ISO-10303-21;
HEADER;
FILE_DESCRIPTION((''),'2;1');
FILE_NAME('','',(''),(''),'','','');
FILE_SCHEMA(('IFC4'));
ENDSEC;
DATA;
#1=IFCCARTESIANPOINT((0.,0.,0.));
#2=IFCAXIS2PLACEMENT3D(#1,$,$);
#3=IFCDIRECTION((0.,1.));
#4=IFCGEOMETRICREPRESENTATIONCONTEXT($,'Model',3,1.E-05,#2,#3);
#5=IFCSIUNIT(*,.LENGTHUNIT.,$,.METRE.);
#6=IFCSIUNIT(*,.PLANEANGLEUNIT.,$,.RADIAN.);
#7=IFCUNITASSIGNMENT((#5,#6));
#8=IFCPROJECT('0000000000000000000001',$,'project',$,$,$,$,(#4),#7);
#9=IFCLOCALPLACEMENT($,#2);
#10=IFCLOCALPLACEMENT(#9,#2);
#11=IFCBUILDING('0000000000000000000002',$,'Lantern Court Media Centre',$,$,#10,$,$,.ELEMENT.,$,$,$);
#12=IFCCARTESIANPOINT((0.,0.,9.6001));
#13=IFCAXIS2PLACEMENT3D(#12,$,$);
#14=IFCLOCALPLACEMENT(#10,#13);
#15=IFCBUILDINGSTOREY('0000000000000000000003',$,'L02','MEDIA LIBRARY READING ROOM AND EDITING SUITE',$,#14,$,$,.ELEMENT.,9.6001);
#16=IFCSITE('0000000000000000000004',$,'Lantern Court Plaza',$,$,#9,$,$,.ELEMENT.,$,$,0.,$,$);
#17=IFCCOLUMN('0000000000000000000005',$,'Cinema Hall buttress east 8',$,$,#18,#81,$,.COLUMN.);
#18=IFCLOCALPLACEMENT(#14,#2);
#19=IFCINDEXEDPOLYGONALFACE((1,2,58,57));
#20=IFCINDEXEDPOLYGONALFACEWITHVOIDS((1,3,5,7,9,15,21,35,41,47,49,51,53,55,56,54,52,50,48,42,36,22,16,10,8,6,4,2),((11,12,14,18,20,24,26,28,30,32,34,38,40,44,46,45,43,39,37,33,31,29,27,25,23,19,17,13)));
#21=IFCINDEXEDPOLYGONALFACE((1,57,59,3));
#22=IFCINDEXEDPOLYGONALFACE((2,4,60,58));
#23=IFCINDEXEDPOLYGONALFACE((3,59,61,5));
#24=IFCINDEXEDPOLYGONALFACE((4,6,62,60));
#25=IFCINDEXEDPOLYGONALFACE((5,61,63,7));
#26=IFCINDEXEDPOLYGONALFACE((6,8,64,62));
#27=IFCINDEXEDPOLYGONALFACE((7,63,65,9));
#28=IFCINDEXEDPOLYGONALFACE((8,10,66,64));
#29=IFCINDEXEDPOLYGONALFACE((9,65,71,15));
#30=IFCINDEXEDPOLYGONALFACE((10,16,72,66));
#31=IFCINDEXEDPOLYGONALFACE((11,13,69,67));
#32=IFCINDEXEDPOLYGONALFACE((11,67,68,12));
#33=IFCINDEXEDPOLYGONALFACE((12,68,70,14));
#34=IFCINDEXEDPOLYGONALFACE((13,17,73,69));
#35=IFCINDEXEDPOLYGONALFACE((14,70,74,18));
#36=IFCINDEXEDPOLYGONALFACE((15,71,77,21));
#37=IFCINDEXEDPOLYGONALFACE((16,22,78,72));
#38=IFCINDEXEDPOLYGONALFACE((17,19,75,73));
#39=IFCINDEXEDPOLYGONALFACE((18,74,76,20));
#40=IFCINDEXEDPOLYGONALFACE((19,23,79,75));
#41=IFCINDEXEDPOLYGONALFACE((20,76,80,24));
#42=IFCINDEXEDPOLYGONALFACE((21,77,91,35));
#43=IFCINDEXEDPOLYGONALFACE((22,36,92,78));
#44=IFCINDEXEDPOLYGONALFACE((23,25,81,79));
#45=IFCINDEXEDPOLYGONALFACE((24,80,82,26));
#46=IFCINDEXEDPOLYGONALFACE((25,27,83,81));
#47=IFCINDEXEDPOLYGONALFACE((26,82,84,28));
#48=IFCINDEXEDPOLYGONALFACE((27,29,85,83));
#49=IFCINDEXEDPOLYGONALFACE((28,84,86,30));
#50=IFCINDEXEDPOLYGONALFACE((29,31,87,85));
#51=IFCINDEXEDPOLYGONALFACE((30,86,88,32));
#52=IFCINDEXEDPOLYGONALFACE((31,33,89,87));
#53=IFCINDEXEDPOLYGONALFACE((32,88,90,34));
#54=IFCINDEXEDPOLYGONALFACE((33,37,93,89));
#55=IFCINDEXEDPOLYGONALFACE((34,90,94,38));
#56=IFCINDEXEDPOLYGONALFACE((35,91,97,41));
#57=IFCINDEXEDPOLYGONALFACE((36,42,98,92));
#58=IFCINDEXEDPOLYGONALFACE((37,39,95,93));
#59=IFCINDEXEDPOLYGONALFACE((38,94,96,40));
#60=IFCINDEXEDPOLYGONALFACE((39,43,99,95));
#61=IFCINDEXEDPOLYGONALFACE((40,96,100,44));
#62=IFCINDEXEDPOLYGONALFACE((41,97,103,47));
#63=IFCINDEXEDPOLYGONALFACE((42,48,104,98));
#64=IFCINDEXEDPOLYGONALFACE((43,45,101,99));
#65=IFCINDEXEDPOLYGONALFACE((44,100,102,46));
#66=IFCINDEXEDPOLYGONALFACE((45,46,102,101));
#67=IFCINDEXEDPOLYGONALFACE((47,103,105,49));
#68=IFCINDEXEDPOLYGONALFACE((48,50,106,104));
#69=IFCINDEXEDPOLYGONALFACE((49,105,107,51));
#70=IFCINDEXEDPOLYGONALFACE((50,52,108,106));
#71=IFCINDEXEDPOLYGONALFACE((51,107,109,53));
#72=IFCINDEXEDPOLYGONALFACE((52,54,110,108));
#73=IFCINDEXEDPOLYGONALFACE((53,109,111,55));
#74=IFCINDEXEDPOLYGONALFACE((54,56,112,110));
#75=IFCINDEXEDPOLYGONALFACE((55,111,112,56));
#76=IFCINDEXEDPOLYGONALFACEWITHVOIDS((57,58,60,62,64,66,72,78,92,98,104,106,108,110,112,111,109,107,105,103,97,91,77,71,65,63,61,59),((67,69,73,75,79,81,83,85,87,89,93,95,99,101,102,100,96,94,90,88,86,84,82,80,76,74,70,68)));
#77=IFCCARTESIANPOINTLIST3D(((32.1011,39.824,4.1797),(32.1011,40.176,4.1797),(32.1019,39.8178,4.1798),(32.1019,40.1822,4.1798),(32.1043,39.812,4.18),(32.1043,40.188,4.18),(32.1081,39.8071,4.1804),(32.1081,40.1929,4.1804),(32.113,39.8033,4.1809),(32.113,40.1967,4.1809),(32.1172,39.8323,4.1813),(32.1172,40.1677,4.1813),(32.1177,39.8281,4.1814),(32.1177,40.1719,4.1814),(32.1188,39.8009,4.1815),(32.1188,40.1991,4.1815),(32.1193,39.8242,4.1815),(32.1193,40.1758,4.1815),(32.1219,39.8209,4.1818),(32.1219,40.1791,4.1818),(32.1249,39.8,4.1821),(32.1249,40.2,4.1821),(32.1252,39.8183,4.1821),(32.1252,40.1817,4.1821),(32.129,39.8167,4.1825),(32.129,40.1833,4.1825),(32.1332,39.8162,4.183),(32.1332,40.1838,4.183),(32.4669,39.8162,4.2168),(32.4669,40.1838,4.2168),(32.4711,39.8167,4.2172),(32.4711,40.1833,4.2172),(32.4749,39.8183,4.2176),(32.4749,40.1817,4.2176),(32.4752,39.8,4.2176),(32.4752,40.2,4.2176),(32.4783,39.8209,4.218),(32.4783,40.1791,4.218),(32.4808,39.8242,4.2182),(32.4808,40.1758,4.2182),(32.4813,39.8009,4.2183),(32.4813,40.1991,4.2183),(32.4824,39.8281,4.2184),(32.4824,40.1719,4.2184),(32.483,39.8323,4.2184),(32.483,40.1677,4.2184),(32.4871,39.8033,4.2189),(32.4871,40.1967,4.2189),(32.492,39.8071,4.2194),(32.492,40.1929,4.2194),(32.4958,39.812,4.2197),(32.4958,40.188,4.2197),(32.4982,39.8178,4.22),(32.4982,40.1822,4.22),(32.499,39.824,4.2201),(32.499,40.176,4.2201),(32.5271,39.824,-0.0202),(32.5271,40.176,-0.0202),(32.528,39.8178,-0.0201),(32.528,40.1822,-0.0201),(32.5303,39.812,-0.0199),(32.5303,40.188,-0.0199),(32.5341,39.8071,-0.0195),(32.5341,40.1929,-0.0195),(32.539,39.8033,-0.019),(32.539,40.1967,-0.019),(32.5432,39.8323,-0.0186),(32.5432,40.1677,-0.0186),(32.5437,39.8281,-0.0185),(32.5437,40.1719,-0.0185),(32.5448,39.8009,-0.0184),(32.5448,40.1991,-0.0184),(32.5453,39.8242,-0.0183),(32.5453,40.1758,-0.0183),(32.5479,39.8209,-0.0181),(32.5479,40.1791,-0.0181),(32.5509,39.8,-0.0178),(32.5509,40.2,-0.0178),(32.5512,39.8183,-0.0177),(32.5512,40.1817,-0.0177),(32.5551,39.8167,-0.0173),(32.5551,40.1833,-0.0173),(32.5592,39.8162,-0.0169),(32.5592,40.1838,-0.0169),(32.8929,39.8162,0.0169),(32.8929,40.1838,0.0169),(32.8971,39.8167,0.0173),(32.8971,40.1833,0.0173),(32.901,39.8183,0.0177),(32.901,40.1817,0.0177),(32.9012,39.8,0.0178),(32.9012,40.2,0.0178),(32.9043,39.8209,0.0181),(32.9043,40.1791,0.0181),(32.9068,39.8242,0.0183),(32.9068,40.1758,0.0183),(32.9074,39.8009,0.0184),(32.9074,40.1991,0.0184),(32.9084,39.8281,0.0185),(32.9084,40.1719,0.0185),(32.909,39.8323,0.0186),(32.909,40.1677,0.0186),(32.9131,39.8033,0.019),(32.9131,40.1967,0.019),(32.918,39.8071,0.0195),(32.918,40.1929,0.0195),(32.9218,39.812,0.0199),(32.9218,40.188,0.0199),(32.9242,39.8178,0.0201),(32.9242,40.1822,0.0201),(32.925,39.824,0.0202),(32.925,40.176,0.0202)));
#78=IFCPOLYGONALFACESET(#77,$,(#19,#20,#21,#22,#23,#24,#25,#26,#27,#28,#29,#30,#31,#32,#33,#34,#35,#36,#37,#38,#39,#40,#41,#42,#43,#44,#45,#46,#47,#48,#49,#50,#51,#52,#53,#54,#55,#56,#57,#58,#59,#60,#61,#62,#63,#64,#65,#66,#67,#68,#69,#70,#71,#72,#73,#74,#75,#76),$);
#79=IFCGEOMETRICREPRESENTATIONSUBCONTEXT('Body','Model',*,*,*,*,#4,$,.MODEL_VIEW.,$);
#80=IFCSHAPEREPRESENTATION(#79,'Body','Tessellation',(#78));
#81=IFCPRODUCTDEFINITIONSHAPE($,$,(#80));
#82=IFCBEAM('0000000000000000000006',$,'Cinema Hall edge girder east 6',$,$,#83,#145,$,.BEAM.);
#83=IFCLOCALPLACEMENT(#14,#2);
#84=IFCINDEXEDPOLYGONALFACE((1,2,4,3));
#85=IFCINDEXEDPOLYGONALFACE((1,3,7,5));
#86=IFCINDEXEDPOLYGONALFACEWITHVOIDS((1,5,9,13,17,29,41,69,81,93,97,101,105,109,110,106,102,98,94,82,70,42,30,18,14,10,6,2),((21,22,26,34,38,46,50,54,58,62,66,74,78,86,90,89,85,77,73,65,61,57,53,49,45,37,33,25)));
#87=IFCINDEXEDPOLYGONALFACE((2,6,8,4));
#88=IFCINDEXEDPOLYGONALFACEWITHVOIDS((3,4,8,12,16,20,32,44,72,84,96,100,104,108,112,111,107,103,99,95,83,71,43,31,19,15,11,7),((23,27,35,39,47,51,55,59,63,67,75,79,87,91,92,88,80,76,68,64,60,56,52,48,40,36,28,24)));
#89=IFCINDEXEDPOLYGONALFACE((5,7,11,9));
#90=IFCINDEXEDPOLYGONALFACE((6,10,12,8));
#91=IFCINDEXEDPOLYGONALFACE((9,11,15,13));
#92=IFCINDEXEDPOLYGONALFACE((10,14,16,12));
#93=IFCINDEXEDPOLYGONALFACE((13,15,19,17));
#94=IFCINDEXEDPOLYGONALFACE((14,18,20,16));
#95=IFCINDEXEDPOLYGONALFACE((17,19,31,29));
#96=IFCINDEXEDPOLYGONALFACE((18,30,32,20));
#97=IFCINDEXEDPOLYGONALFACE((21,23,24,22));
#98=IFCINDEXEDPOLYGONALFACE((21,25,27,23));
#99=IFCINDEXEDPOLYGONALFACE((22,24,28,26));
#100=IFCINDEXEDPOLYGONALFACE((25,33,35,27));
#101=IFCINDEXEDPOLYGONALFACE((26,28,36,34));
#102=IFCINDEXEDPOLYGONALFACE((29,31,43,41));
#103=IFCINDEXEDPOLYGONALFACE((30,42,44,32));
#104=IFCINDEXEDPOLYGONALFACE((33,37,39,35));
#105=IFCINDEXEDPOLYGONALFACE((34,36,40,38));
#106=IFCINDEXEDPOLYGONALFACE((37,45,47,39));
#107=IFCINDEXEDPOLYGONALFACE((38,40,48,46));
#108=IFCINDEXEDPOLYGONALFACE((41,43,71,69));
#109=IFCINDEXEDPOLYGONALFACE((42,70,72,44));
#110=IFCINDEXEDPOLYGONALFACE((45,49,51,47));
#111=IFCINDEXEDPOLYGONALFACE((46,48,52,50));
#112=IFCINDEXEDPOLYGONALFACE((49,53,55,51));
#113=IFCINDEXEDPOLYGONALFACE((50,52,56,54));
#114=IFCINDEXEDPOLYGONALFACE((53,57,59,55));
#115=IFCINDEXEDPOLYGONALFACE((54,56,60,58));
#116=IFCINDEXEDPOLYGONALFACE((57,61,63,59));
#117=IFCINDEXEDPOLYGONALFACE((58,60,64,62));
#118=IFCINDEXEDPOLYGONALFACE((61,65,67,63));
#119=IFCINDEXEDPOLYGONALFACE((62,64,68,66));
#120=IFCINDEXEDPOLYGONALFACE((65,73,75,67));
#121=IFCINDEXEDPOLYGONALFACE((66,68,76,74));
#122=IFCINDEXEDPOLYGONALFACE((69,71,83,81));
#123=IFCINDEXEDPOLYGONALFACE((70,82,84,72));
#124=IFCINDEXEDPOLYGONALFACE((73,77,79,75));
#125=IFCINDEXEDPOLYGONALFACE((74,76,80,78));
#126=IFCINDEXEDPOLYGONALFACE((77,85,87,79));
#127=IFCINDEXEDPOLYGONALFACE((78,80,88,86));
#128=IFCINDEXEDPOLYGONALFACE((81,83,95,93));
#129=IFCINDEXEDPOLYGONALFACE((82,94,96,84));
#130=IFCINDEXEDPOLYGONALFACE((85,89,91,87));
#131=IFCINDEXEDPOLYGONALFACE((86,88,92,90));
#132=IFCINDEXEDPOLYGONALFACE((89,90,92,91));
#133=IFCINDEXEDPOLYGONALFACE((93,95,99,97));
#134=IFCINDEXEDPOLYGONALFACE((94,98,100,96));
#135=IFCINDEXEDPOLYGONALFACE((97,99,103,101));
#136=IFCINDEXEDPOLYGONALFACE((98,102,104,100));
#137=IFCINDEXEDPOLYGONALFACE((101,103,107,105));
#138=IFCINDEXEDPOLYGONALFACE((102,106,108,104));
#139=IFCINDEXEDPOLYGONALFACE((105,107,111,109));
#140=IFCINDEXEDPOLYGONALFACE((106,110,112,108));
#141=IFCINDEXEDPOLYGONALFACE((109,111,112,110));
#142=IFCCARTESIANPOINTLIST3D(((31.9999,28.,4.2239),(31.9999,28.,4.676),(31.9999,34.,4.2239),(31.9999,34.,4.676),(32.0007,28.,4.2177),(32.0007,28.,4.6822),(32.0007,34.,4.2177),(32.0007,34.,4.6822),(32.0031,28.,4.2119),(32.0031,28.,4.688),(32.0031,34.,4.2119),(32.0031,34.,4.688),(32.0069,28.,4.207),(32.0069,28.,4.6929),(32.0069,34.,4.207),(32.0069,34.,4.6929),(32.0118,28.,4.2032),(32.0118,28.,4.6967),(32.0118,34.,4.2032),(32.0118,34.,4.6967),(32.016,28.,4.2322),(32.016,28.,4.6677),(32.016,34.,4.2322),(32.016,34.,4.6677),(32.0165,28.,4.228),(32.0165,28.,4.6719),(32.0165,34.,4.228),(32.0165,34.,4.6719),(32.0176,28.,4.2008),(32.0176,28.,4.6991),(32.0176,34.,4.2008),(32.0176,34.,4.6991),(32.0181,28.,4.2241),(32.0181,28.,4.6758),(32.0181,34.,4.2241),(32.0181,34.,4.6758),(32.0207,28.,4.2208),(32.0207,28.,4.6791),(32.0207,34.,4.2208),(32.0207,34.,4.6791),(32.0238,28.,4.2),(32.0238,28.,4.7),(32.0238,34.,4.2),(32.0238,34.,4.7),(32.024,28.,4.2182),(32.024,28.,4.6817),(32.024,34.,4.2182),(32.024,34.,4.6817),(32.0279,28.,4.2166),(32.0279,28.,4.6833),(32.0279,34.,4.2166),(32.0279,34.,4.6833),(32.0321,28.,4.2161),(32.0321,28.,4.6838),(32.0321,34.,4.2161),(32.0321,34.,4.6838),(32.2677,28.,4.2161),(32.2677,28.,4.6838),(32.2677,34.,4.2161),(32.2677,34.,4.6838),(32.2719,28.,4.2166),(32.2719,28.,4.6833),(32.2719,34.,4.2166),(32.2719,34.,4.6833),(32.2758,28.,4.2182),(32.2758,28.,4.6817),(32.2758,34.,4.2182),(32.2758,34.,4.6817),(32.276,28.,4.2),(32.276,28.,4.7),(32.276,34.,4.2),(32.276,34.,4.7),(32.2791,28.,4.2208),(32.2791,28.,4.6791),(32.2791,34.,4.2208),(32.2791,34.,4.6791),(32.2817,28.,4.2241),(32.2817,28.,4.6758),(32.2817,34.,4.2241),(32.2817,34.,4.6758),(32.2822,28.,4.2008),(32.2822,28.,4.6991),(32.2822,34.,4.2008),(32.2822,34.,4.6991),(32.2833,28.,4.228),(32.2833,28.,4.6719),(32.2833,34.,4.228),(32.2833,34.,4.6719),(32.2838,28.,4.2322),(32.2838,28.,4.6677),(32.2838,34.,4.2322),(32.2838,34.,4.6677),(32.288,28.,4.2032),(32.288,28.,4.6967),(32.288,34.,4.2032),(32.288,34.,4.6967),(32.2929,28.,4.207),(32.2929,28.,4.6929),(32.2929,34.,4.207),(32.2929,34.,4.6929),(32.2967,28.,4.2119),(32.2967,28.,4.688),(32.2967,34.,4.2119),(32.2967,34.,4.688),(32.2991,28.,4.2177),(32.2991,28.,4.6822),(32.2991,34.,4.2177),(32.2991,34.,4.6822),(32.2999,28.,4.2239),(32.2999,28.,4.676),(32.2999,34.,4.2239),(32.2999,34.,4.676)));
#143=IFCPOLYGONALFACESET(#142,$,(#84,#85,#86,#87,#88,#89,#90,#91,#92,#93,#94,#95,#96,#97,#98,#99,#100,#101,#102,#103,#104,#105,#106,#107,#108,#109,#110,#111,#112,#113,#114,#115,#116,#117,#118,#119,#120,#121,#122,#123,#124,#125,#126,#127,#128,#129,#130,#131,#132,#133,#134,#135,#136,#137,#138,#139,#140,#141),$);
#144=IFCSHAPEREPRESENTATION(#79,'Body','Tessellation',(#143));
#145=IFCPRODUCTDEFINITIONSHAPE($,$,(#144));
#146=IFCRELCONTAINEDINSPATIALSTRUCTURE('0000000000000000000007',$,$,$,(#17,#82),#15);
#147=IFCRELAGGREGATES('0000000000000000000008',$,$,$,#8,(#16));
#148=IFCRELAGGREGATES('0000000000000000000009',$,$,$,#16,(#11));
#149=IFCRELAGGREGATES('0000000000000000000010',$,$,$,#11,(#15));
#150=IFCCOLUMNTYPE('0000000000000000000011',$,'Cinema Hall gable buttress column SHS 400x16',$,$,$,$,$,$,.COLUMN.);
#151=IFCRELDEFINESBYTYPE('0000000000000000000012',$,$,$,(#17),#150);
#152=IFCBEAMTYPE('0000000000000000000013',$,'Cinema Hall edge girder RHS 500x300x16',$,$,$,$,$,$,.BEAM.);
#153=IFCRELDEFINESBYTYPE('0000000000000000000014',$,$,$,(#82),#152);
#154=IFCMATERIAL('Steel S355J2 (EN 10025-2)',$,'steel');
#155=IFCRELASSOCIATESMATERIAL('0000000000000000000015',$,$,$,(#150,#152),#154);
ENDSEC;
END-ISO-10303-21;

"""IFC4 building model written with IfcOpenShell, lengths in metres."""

from ifc_helpers import new_model, si_unit, direction, frame, origin, origin_2d, place, context, subcontext, project, spatial, hollow_rectangle, extrude, material, material_profile, profile_set, type_object, element, save


model = new_model("IFC4")

# Units and contexts
model_context = context("Model", 3, precision=1e-05, world=origin(), true_north=direction((0.0, 1.0)))
body_context = subcontext(model_context, "Body", "Model", "MODEL_VIEW")
ifc_project = project(units=[si_unit("LENGTHUNIT", "METRE"), si_unit("PLANEANGLEUNIT", "RADIAN")], contexts=[model_context])

# Site, building, storey
site_placement = place(None, origin())
site = spatial("IfcSite", under=ifc_project, at=site_placement, Name="Lantern Court Plaza", CompositionType="ELEMENT", RefElevation=0.0)
building_placement = place(site_placement, origin())
building = spatial("IfcBuilding", under=site, at=building_placement, Name="Lantern Court Media Centre", CompositionType="ELEMENT")
storey_placement = place(building_placement, frame((0.0, 0.0, 9.6001)))
storey = spatial("IfcBuildingStorey", under=building, at=storey_placement, Name="L02", Description="MEDIA LIBRARY READING ROOM AND EDITING SUITE", CompositionType="ELEMENT", Elevation=9.6001)

# Column
ifc_material_1 = material(Name="Steel S355J2 (EN 10025-2)", Category="steel")
ifc_material_profile_1 = material_profile(ifc_material_1, hollow_rectangle(XDim=0.3999, YDim=0.3999, WallThickness=0.0161, InnerFilletRadius=0.0161, OuterFilletRadius=0.0239, at=origin_2d()), Name="Cinema Hall gable buttress column SHS 400x16")
ifc_profile_set_1 = profile_set([ifc_material_profile_1], Name="Steel S355J2 (EN 10025-2)")
column_type_1 = type_object("IfcColumnType", Name="Cinema Hall gable buttress column SHS 400x16", PredefinedType="COLUMN", material=ifc_profile_set_1)
column_placement = place(storey_placement, frame((32.7261, 40.0, 0.0), z_axis=(-0.100918, 0.0, 0.994895), x_axis=(0.0, -1.0, 0.0)))
element("IfcColumn", 1, at=column_placement, inside=storey, type_object=column_type_1, Name="Cinema Hall buttress east 8", PredefinedType="COLUMN", context=body_context, shape_type="SweptSolid", body=[
    extrude(hollow_rectangle(XDim=0.3999, YDim=0.3999, WallThickness=0.0161, InnerFilletRadius=0.0161, OuterFilletRadius=0.0239, at=origin_2d()), origin(), (0.0, 0.0, 1.0), 4.2214),
])

# Beam
ifc_material_profile_2 = material_profile(ifc_material_1, hollow_rectangle(XDim=0.3, YDim=0.5, WallThickness=0.0161, InnerFilletRadius=0.0161, OuterFilletRadius=0.0239, at=origin_2d()), Name="Cinema Hall edge girder RHS 500x300x16")
ifc_profile_set_2 = profile_set([ifc_material_profile_2], Name="Steel S355J2 (EN 10025-2)")
beam_type = type_object("IfcBeamType", Name="Cinema Hall edge girder RHS 500x300x16", PredefinedType="BEAM", material=ifc_profile_set_2)
for number, where, z_axis, x_axis, name in (
    (2, (32.1499, 28.0, 4.45), (0.0, 1.0, 0.0), (-1.0, 0.0, 0.0), "Cinema Hall edge girder east 6"),
):
    element("IfcBeam", number, at=place(storey_placement, frame(where, z_axis=z_axis, x_axis=x_axis)), inside=storey, type_object=beam_type, Name=name, PredefinedType="BEAM", context=body_context, shape_type="SweptSolid", body=[
        extrude(hollow_rectangle(XDim=0.3, YDim=0.5, WallThickness=0.0161, InnerFilletRadius=0.0161, OuterFilletRadius=0.0239, at=origin_2d()), origin(), (0.0, 0.0, 1.0), 6.0),
    ])

save(model, "model.ifc")
